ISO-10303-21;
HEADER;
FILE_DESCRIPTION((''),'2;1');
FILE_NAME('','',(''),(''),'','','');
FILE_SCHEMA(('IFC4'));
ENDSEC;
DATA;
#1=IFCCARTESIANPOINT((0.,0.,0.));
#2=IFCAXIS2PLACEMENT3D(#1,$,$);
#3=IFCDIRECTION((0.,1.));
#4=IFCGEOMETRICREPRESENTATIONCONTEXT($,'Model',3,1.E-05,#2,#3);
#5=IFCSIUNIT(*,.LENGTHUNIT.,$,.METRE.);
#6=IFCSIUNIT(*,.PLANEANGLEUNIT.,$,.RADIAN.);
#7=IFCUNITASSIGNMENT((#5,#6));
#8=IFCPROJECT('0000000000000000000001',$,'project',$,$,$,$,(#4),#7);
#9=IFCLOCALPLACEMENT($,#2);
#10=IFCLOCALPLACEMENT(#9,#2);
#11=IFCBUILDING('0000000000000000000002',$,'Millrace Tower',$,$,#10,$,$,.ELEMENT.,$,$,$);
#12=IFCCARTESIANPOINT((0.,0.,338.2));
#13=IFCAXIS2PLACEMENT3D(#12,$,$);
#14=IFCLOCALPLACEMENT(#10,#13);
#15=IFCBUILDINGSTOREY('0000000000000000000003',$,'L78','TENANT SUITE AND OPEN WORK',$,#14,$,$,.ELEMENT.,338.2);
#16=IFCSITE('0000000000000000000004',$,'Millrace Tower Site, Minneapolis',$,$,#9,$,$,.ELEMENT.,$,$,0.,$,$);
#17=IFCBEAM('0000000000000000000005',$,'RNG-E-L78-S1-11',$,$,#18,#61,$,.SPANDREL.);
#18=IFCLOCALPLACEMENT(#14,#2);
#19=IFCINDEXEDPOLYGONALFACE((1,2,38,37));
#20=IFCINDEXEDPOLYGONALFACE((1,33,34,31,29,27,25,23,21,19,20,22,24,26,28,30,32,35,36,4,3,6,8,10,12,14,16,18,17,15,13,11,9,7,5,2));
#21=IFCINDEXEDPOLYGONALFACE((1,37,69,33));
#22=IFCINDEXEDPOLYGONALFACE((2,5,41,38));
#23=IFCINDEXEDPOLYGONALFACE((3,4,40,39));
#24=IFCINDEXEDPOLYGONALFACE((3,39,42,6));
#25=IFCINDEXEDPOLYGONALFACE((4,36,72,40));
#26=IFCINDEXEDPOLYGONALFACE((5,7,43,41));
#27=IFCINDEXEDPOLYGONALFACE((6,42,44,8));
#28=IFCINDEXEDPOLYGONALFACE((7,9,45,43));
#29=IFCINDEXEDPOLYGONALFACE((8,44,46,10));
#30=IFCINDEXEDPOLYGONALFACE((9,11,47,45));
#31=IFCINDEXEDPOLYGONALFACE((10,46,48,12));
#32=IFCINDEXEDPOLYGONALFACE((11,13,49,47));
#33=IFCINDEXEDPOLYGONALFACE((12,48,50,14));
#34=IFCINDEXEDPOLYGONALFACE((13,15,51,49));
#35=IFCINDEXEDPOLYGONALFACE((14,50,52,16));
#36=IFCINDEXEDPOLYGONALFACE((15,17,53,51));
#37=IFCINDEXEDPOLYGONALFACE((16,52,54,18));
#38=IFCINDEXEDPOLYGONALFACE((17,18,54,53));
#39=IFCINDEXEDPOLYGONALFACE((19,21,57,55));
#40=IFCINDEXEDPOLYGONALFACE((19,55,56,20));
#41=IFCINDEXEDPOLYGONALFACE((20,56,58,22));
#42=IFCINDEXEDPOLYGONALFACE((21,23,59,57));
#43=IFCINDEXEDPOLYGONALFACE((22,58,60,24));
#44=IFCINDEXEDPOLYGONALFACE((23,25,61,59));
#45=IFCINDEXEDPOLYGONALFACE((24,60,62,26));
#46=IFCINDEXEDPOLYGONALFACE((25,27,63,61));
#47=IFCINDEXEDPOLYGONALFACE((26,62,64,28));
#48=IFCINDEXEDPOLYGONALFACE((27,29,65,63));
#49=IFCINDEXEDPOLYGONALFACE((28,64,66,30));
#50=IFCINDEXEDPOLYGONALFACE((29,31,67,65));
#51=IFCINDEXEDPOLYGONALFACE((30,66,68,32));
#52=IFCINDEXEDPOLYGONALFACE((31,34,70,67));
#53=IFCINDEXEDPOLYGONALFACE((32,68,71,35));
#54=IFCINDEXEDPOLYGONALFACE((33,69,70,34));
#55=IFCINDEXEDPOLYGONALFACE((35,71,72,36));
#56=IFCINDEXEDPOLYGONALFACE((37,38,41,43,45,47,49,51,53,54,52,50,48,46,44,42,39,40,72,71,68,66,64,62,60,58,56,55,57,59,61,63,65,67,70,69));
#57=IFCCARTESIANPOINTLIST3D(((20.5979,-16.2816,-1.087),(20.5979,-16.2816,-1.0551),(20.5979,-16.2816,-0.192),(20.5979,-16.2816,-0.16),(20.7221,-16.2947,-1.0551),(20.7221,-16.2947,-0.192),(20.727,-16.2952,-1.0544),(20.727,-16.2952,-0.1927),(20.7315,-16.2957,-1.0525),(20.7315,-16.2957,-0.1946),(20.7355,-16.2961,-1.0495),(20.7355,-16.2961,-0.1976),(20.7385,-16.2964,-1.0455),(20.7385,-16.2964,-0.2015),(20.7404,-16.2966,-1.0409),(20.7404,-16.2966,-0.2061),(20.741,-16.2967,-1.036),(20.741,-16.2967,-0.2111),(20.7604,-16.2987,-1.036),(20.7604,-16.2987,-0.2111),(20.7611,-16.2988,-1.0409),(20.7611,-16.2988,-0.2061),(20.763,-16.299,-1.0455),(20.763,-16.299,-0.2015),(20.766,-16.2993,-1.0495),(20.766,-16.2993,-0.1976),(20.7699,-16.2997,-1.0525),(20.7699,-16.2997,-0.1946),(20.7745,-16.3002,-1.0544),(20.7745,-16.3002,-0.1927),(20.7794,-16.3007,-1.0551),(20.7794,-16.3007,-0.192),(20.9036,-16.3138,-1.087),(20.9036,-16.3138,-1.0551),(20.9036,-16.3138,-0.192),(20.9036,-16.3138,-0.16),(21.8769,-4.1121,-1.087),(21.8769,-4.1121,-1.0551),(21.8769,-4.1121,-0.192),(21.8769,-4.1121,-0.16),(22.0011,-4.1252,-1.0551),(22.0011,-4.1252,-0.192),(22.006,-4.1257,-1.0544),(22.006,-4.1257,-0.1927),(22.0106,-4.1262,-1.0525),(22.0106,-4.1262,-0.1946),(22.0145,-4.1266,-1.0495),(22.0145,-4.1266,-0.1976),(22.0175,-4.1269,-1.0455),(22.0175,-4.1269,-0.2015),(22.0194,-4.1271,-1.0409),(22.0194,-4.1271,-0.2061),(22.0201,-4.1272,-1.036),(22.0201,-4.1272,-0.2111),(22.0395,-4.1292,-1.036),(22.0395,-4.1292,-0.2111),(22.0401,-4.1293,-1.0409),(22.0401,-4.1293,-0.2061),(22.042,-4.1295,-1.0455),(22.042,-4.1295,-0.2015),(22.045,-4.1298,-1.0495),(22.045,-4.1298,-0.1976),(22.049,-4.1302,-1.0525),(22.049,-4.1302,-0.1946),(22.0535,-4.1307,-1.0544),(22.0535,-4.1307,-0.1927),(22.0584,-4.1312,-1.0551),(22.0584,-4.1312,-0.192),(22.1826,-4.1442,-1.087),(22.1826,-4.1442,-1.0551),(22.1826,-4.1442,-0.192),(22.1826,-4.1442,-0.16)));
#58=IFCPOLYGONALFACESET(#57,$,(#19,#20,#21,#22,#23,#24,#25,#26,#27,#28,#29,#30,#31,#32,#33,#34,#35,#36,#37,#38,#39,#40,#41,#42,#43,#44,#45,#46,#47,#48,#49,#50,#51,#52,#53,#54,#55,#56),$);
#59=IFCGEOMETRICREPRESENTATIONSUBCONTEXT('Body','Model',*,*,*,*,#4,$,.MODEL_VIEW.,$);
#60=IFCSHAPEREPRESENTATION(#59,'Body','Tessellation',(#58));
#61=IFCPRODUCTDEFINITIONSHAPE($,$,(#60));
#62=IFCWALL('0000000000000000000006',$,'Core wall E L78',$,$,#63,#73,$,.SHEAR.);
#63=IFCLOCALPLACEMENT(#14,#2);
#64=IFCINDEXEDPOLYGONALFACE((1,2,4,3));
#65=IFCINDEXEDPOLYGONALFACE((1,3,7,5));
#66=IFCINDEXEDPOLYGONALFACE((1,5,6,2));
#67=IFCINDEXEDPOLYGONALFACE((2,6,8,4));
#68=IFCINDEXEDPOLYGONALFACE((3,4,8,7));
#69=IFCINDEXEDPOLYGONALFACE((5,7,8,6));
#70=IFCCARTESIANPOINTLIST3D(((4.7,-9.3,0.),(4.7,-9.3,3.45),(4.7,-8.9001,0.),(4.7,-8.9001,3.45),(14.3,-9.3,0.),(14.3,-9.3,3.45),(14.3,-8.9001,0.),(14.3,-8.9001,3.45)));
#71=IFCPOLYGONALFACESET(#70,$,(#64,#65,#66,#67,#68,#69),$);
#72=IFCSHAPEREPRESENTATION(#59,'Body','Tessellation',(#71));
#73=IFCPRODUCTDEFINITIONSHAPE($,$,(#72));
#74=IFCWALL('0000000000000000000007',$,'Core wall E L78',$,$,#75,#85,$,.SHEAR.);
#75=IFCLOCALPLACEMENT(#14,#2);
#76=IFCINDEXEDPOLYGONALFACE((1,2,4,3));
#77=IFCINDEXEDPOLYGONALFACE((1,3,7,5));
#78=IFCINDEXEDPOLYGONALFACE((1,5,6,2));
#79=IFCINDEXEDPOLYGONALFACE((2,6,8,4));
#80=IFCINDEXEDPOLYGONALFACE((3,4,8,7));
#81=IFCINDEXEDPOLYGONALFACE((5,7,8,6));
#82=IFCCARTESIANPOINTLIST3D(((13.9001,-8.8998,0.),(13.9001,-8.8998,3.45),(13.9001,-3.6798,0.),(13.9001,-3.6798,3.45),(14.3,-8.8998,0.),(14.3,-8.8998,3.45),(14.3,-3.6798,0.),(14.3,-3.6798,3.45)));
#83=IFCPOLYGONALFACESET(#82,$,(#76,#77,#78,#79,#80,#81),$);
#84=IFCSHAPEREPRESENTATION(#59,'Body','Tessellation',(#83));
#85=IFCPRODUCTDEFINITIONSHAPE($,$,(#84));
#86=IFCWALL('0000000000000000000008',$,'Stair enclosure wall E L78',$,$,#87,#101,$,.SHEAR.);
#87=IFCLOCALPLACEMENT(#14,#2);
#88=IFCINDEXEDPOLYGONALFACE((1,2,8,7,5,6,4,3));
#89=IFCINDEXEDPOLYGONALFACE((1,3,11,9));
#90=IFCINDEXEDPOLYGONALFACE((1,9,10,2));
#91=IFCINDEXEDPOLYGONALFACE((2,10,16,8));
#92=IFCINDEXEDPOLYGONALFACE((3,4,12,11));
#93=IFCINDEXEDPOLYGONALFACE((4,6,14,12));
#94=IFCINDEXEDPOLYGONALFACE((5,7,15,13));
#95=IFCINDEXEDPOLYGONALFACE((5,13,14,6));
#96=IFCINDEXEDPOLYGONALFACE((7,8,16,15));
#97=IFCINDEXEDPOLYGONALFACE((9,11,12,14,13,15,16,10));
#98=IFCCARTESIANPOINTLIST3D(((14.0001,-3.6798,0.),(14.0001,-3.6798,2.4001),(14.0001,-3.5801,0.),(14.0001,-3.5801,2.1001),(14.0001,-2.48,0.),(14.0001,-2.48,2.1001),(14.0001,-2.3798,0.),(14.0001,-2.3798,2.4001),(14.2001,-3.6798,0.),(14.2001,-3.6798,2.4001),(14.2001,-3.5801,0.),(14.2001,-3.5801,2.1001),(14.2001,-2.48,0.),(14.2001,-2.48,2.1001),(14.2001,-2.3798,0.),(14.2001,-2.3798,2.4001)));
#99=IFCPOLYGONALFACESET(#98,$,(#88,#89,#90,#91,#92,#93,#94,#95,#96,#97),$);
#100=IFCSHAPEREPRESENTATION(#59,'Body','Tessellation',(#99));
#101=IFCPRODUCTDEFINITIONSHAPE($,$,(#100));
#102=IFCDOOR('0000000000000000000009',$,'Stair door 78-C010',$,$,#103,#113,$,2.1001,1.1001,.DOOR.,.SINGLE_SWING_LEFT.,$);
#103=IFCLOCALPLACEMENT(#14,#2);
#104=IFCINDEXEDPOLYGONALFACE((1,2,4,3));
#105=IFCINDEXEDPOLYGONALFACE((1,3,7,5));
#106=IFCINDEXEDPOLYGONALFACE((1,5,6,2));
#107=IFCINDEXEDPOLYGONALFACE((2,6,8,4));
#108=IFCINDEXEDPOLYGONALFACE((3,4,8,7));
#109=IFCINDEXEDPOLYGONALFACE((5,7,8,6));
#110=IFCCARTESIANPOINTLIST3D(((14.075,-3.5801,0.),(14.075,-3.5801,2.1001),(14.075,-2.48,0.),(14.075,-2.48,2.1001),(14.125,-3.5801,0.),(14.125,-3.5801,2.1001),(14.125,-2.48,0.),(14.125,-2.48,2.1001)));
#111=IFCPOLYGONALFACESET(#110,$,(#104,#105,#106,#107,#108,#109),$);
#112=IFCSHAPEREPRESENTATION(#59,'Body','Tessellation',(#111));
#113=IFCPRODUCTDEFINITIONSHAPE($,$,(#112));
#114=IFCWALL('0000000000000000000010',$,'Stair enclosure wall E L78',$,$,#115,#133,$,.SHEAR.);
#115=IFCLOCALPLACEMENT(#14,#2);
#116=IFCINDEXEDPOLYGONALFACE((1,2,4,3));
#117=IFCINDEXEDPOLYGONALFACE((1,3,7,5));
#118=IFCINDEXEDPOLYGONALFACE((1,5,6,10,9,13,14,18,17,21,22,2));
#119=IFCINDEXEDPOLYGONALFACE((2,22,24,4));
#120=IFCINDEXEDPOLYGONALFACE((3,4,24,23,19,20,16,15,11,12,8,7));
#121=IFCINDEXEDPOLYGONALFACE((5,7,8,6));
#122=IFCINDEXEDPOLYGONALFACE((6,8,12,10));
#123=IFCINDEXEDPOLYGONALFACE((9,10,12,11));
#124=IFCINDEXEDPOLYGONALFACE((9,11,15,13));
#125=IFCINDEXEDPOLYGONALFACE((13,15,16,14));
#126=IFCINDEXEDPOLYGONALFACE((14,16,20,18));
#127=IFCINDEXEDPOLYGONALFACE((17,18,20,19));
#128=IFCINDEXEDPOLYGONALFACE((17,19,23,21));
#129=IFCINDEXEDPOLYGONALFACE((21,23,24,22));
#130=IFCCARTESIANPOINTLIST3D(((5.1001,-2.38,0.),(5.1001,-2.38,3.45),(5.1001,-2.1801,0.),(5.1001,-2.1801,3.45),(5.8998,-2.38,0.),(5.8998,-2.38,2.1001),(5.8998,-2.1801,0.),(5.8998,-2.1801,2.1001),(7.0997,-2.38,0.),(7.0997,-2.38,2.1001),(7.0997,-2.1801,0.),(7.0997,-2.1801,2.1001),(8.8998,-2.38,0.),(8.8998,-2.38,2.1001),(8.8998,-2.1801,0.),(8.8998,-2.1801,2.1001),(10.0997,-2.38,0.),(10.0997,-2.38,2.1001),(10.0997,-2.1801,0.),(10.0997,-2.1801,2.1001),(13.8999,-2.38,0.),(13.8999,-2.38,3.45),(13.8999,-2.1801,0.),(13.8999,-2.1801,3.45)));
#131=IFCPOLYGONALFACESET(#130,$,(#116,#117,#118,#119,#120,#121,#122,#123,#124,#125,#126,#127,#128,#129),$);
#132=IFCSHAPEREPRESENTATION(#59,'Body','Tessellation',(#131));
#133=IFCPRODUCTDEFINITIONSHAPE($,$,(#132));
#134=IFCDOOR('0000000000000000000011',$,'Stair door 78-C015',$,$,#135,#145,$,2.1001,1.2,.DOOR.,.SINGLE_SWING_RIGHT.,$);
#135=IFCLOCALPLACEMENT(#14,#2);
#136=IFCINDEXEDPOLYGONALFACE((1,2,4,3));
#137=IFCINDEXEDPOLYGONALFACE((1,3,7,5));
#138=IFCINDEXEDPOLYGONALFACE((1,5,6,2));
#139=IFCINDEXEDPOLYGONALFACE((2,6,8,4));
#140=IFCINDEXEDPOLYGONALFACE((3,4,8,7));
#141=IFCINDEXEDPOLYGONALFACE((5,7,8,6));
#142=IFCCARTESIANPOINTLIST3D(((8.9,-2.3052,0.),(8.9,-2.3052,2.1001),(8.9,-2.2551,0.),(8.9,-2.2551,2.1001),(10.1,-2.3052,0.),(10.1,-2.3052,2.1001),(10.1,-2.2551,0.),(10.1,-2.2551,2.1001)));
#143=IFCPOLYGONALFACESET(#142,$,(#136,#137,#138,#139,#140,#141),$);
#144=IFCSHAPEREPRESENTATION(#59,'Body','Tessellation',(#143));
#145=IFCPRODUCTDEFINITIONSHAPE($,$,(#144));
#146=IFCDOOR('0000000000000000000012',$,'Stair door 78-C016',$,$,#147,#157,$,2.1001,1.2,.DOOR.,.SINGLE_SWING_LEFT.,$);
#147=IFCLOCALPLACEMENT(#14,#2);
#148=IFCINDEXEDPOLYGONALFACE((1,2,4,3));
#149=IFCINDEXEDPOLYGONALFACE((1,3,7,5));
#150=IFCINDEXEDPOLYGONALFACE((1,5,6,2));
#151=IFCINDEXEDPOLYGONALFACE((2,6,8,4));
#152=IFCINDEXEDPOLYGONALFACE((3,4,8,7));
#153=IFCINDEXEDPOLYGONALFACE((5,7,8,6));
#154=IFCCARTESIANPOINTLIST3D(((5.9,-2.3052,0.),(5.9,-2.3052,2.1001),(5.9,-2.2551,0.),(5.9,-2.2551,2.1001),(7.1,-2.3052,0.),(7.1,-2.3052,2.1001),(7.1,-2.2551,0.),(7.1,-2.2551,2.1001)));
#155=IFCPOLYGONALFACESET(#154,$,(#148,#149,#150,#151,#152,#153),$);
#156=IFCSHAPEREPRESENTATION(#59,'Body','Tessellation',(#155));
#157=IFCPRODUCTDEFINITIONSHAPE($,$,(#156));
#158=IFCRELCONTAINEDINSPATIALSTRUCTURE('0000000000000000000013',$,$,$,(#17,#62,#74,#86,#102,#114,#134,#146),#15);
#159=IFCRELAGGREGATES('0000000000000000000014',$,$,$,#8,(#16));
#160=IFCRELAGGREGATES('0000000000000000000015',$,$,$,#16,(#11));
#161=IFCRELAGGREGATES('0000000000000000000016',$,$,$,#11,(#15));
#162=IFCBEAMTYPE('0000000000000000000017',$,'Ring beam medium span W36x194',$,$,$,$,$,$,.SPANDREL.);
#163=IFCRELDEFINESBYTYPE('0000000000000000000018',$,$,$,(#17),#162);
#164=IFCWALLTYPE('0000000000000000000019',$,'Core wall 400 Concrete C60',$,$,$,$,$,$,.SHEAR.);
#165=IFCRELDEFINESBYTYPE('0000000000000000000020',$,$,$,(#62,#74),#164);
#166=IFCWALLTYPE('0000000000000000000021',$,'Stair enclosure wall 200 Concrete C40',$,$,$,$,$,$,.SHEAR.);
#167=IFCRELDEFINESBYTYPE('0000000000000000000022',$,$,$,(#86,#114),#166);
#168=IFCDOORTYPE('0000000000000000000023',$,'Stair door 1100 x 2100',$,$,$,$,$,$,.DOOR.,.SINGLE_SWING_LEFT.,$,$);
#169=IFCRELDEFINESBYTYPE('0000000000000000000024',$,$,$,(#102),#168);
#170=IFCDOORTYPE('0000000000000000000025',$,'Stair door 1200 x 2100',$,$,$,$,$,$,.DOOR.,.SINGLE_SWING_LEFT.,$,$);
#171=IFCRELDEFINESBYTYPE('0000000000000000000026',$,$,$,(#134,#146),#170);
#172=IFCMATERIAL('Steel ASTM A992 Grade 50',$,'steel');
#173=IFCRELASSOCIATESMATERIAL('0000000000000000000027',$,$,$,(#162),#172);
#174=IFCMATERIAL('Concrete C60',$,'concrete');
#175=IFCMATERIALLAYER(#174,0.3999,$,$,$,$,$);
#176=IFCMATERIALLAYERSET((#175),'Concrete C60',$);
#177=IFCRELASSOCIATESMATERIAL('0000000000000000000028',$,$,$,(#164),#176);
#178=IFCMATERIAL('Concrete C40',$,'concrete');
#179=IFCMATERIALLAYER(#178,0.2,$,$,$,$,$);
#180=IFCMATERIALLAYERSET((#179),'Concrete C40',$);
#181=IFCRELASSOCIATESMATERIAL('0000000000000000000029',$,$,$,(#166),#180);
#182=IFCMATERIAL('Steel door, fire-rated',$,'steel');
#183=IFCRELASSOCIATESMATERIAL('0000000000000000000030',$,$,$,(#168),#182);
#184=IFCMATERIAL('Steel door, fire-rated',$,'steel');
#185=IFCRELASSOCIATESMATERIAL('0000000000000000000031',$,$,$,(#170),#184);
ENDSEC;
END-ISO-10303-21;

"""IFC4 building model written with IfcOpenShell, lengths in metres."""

from ifc_helpers import new_model, si_unit, direction, frame, frame_2d, origin, origin_2d, place, context, subcontext, project, spatial, rectangle, i_section, extrude, material, layer, layer_set, material_profile, profile_set, type_object, element, fill, save


model = new_model("IFC4")

# Units and contexts
model_context = context("Model", 3, precision=1e-05, world=origin(), true_north=direction((0.0, 1.0)))
body_context = subcontext(model_context, "Body", "Model", "MODEL_VIEW")
ifc_project = project(units=[si_unit("LENGTHUNIT", "METRE"), si_unit("PLANEANGLEUNIT", "RADIAN")], contexts=[model_context])

# Site, building, storey
site_placement = place(None, origin())
site = spatial("IfcSite", under=ifc_project, at=site_placement, Name="Millrace Tower Site, Minneapolis", CompositionType="ELEMENT", RefElevation=0.0)
building_placement = place(site_placement, origin())
building = spatial("IfcBuilding", under=site, at=building_placement, Name="Millrace Tower", CompositionType="ELEMENT")
storey_placement = place(building_placement, frame((0.0, 0.0, 338.2)))
storey = spatial("IfcBuildingStorey", under=building, at=storey_placement, Name="L78", Description="TENANT SUITE AND OPEN WORK", CompositionType="ELEMENT", Elevation=338.2)

# Beam
ifc_material_1 = material(Name="Steel ASTM A992 Grade 50", Category="steel")
ifc_material_profile_1 = material_profile(ifc_material_1, i_section(OverallWidth=0.3074, OverallDepth=0.927, WebThickness=0.0195, FlangeThickness=0.032, FilletRadius=0.019, at=origin_2d()))
ifc_profile_set_1 = profile_set([ifc_material_profile_1], Name="Steel ASTM A992 Grade 50")
beam_type_1 = type_object("IfcBeamType", Name="Ring beam medium span W36x194", PredefinedType="SPANDREL", material=ifc_profile_set_1)
beam_1_placement = place(storey_placement, frame((22.0298, -4.1282, -0.6235), z_axis=(-0.104528, -0.994522, 0.0), x_axis=(0.994522, -0.104528, 0.0)))
element("IfcBeam", 1, at=beam_1_placement, inside=storey, type_object=beam_type_1, Name="RNG-E-L78-S1-11", PredefinedType="SPANDREL", context=body_context, shape_type="SweptSolid", body=[
    extrude(i_section(OverallWidth=0.3074, OverallDepth=0.927, WebThickness=0.0195, FlangeThickness=0.032, FilletRadius=0.019, at=origin_2d()), origin(), (0.0, 0.0, 1.0), 12.2366),
])

# Walls
ifc_material_2 = material(Name="Concrete C60", Category="concrete")
ifc_layer_1 = layer(ifc_material_2, 0.3999)
ifc_layer_set_1 = layer_set([ifc_layer_1], Name="Concrete C60")
wall_type_1 = type_object("IfcWallType", Name="Core wall 400 Concrete C60", PredefinedType="SHEAR", material=ifc_layer_set_1)
wall_1_placement = place(storey_placement, frame((14.3, -9.1001, 0.0), z_axis=(0.0, 0.0, 1.0), x_axis=(-1.0, 0.0, 0.0)))
element("IfcWall", 2, at=wall_1_placement, inside=storey, type_object=wall_type_1, Name="Core wall E L78", PredefinedType="SHEAR", context=body_context, shape_type="SweptSolid", body=[
    extrude(rectangle(XDim=9.6001, YDim=0.3999, at=frame_2d((4.8, 0.0))), origin(), (0.0, 0.0, 1.0), 3.45),
])
wall_2_placement = place(storey_placement, frame((14.1001, -3.6799, 0.0), z_axis=(0.0, 0.0, 1.0), x_axis=(0.0, -1.0, 0.0)))
element("IfcWall", 3, at=wall_2_placement, inside=storey, type_object=wall_type_1, Name="Core wall E L78", PredefinedType="SHEAR", context=body_context, shape_type="SweptSolid", body=[
    extrude(rectangle(XDim=5.22, YDim=0.3999, at=frame_2d((2.6099, 0.0))), origin(), (0.0, 0.0, 1.0), 3.45),
])

# Wall, opening, door
ifc_material_3 = material(Name="Concrete C40", Category="concrete")
ifc_layer_2 = layer(ifc_material_3, 0.2)
ifc_layer_set_2 = layer_set([ifc_layer_2], Name="Concrete C40")
wall_type_2 = type_object("IfcWallType", Name="Stair enclosure wall 200 Concrete C40", PredefinedType="SHEAR", material=ifc_layer_set_2)
wall_3_placement = place(storey_placement, frame((14.1001, -2.3799, 0.0), z_axis=(0.0, 0.0, 1.0), x_axis=(0.0, -1.0, 0.0)))
wall_3 = element("IfcWall", 4, at=wall_3_placement, inside=storey, type_object=wall_type_2, Name="Stair enclosure wall E L78", PredefinedType="SHEAR", context=body_context, shape_type="SweptSolid", body=[
    extrude(rectangle(XDim=1.3, YDim=0.2, at=frame_2d((0.6499, 0.0))), origin(), (0.0, 0.0, 1.0), 2.4001),
])
opening_1_placement = place(wall_3_placement, frame((0.1001, 0.0, 0.0)))
opening_1 = element("IfcOpeningElement", 5, at=opening_1_placement, cuts=wall_3, PredefinedType="OPENING", context=body_context, shape_type="SweptSolid", body=[
    extrude(rectangle(XDim=1.1001, YDim=2.1001, at=frame_2d((0.55, 1.05))), frame((0.0, 0.1099, 0.0), z_axis=(0.0, -1.0, 0.0), x_axis=(1.0, 0.0, 0.0)), (0.0, 0.0, 1.0), 0.22),
])
ifc_material_4 = material(Name="Steel door, fire-rated", Category="steel")
door_type_1 = type_object("IfcDoorType", Name="Stair door 1100 x 2100", OperationType="SINGLE_SWING_LEFT", PredefinedType="DOOR", material=ifc_material_4)
door_1_placement = place(opening_1_placement, origin())
door_1 = element("IfcDoor", 6, at=door_1_placement, inside=storey, type_object=door_type_1, Name="Stair door 78-C010", OperationType="SINGLE_SWING_LEFT", OverallHeight=2.1001, OverallWidth=1.1001, PredefinedType="DOOR", context=body_context, shape_type="SweptSolid", body=[
    extrude(rectangle(XDim=1.1001, YDim=2.1001, at=frame_2d((0.55, 1.05))), frame((0.0, 0.0249, 0.0), z_axis=(0.0, -1.0, 0.0), x_axis=(1.0, 0.0, 0.0)), (0.0, 0.0, 1.0), 0.05),
])
fill(opening_1, door_1)

# Wall, openings, doors
wall_4_placement = place(storey_placement, frame((13.8999, -2.28, 0.0), z_axis=(0.0, 0.0, 1.0), x_axis=(-1.0, 0.0, 0.0)))
wall_4 = element("IfcWall", 7, at=wall_4_placement, inside=storey, type_object=wall_type_2, Name="Stair enclosure wall E L78", PredefinedType="SHEAR", context=body_context, shape_type="SweptSolid", body=[
    extrude(rectangle(XDim=8.7998, YDim=0.2, at=frame_2d((4.3999, 0.0))), origin(), (0.0, 0.0, 1.0), 3.45),
])
opening_2_placement = place(wall_4_placement, frame((3.8, 0.0, 0.0)))
opening_2 = element("IfcOpeningElement", 8, at=opening_2_placement, cuts=wall_4, PredefinedType="OPENING", context=body_context, shape_type="SweptSolid", body=[
    extrude(rectangle(XDim=1.2, YDim=2.1001, at=frame_2d((0.6001, 1.05))), frame((0.0, 0.1099, 0.0), z_axis=(0.0, -1.0, 0.0), x_axis=(1.0, 0.0, 0.0)), (0.0, 0.0, 1.0), 0.22),
])
opening_3_placement = place(wall_4_placement, frame((6.8, 0.0, 0.0)))
opening_3 = element("IfcOpeningElement", 9, at=opening_3_placement, cuts=wall_4, PredefinedType="OPENING", context=body_context, shape_type="SweptSolid", body=[
    extrude(rectangle(XDim=1.2, YDim=2.1001, at=frame_2d((0.6001, 1.05))), frame((0.0, 0.1099, 0.0), z_axis=(0.0, -1.0, 0.0), x_axis=(1.0, 0.0, 0.0)), (0.0, 0.0, 1.0), 0.22),
])
ifc_material_5 = material(Name="Steel door, fire-rated", Category="steel")
door_type_2 = type_object("IfcDoorType", Name="Stair door 1200 x 2100", OperationType="SINGLE_SWING_LEFT", PredefinedType="DOOR", material=ifc_material_5)
door_2_placement = place(opening_2_placement, frame((1.2, 0.0, 0.0), z_axis=(0.0, 0.0, 1.0), x_axis=(-1.0, 0.0, 0.0)))
door_2 = element("IfcDoor", 10, at=door_2_placement, inside=storey, type_object=door_type_2, Name="Stair door 78-C015", OperationType="SINGLE_SWING_RIGHT", OverallHeight=2.1001, OverallWidth=1.2, PredefinedType="DOOR", context=body_context, shape_type="SweptSolid", body=[
    extrude(rectangle(XDim=1.2, YDim=2.1001, at=frame_2d((0.6001, 1.05))), frame((0.0, 0.0249, 0.0), z_axis=(0.0, -1.0, 0.0), x_axis=(1.0, 0.0, 0.0)), (0.0, 0.0, 1.0), 0.05),
])
fill(opening_2, door_2)
door_3_placement = place(opening_3_placement, frame((1.2, 0.0, 0.0), z_axis=(0.0, 0.0, 1.0), x_axis=(-1.0, 0.0, 0.0)))
door_3 = element("IfcDoor", 11, at=door_3_placement, inside=storey, type_object=door_type_2, Name="Stair door 78-C016", OperationType="SINGLE_SWING_LEFT", OverallHeight=2.1001, OverallWidth=1.2, PredefinedType="DOOR", context=body_context, shape_type="SweptSolid", body=[
    extrude(rectangle(XDim=1.2, YDim=2.1001, at=frame_2d((0.6001, 1.05))), frame((0.0, 0.0249, 0.0), z_axis=(0.0, -1.0, 0.0), x_axis=(1.0, 0.0, 0.0)), (0.0, 0.0, 1.0), 0.05),
])
fill(opening_3, door_3)

save(model, "model.ifc")
